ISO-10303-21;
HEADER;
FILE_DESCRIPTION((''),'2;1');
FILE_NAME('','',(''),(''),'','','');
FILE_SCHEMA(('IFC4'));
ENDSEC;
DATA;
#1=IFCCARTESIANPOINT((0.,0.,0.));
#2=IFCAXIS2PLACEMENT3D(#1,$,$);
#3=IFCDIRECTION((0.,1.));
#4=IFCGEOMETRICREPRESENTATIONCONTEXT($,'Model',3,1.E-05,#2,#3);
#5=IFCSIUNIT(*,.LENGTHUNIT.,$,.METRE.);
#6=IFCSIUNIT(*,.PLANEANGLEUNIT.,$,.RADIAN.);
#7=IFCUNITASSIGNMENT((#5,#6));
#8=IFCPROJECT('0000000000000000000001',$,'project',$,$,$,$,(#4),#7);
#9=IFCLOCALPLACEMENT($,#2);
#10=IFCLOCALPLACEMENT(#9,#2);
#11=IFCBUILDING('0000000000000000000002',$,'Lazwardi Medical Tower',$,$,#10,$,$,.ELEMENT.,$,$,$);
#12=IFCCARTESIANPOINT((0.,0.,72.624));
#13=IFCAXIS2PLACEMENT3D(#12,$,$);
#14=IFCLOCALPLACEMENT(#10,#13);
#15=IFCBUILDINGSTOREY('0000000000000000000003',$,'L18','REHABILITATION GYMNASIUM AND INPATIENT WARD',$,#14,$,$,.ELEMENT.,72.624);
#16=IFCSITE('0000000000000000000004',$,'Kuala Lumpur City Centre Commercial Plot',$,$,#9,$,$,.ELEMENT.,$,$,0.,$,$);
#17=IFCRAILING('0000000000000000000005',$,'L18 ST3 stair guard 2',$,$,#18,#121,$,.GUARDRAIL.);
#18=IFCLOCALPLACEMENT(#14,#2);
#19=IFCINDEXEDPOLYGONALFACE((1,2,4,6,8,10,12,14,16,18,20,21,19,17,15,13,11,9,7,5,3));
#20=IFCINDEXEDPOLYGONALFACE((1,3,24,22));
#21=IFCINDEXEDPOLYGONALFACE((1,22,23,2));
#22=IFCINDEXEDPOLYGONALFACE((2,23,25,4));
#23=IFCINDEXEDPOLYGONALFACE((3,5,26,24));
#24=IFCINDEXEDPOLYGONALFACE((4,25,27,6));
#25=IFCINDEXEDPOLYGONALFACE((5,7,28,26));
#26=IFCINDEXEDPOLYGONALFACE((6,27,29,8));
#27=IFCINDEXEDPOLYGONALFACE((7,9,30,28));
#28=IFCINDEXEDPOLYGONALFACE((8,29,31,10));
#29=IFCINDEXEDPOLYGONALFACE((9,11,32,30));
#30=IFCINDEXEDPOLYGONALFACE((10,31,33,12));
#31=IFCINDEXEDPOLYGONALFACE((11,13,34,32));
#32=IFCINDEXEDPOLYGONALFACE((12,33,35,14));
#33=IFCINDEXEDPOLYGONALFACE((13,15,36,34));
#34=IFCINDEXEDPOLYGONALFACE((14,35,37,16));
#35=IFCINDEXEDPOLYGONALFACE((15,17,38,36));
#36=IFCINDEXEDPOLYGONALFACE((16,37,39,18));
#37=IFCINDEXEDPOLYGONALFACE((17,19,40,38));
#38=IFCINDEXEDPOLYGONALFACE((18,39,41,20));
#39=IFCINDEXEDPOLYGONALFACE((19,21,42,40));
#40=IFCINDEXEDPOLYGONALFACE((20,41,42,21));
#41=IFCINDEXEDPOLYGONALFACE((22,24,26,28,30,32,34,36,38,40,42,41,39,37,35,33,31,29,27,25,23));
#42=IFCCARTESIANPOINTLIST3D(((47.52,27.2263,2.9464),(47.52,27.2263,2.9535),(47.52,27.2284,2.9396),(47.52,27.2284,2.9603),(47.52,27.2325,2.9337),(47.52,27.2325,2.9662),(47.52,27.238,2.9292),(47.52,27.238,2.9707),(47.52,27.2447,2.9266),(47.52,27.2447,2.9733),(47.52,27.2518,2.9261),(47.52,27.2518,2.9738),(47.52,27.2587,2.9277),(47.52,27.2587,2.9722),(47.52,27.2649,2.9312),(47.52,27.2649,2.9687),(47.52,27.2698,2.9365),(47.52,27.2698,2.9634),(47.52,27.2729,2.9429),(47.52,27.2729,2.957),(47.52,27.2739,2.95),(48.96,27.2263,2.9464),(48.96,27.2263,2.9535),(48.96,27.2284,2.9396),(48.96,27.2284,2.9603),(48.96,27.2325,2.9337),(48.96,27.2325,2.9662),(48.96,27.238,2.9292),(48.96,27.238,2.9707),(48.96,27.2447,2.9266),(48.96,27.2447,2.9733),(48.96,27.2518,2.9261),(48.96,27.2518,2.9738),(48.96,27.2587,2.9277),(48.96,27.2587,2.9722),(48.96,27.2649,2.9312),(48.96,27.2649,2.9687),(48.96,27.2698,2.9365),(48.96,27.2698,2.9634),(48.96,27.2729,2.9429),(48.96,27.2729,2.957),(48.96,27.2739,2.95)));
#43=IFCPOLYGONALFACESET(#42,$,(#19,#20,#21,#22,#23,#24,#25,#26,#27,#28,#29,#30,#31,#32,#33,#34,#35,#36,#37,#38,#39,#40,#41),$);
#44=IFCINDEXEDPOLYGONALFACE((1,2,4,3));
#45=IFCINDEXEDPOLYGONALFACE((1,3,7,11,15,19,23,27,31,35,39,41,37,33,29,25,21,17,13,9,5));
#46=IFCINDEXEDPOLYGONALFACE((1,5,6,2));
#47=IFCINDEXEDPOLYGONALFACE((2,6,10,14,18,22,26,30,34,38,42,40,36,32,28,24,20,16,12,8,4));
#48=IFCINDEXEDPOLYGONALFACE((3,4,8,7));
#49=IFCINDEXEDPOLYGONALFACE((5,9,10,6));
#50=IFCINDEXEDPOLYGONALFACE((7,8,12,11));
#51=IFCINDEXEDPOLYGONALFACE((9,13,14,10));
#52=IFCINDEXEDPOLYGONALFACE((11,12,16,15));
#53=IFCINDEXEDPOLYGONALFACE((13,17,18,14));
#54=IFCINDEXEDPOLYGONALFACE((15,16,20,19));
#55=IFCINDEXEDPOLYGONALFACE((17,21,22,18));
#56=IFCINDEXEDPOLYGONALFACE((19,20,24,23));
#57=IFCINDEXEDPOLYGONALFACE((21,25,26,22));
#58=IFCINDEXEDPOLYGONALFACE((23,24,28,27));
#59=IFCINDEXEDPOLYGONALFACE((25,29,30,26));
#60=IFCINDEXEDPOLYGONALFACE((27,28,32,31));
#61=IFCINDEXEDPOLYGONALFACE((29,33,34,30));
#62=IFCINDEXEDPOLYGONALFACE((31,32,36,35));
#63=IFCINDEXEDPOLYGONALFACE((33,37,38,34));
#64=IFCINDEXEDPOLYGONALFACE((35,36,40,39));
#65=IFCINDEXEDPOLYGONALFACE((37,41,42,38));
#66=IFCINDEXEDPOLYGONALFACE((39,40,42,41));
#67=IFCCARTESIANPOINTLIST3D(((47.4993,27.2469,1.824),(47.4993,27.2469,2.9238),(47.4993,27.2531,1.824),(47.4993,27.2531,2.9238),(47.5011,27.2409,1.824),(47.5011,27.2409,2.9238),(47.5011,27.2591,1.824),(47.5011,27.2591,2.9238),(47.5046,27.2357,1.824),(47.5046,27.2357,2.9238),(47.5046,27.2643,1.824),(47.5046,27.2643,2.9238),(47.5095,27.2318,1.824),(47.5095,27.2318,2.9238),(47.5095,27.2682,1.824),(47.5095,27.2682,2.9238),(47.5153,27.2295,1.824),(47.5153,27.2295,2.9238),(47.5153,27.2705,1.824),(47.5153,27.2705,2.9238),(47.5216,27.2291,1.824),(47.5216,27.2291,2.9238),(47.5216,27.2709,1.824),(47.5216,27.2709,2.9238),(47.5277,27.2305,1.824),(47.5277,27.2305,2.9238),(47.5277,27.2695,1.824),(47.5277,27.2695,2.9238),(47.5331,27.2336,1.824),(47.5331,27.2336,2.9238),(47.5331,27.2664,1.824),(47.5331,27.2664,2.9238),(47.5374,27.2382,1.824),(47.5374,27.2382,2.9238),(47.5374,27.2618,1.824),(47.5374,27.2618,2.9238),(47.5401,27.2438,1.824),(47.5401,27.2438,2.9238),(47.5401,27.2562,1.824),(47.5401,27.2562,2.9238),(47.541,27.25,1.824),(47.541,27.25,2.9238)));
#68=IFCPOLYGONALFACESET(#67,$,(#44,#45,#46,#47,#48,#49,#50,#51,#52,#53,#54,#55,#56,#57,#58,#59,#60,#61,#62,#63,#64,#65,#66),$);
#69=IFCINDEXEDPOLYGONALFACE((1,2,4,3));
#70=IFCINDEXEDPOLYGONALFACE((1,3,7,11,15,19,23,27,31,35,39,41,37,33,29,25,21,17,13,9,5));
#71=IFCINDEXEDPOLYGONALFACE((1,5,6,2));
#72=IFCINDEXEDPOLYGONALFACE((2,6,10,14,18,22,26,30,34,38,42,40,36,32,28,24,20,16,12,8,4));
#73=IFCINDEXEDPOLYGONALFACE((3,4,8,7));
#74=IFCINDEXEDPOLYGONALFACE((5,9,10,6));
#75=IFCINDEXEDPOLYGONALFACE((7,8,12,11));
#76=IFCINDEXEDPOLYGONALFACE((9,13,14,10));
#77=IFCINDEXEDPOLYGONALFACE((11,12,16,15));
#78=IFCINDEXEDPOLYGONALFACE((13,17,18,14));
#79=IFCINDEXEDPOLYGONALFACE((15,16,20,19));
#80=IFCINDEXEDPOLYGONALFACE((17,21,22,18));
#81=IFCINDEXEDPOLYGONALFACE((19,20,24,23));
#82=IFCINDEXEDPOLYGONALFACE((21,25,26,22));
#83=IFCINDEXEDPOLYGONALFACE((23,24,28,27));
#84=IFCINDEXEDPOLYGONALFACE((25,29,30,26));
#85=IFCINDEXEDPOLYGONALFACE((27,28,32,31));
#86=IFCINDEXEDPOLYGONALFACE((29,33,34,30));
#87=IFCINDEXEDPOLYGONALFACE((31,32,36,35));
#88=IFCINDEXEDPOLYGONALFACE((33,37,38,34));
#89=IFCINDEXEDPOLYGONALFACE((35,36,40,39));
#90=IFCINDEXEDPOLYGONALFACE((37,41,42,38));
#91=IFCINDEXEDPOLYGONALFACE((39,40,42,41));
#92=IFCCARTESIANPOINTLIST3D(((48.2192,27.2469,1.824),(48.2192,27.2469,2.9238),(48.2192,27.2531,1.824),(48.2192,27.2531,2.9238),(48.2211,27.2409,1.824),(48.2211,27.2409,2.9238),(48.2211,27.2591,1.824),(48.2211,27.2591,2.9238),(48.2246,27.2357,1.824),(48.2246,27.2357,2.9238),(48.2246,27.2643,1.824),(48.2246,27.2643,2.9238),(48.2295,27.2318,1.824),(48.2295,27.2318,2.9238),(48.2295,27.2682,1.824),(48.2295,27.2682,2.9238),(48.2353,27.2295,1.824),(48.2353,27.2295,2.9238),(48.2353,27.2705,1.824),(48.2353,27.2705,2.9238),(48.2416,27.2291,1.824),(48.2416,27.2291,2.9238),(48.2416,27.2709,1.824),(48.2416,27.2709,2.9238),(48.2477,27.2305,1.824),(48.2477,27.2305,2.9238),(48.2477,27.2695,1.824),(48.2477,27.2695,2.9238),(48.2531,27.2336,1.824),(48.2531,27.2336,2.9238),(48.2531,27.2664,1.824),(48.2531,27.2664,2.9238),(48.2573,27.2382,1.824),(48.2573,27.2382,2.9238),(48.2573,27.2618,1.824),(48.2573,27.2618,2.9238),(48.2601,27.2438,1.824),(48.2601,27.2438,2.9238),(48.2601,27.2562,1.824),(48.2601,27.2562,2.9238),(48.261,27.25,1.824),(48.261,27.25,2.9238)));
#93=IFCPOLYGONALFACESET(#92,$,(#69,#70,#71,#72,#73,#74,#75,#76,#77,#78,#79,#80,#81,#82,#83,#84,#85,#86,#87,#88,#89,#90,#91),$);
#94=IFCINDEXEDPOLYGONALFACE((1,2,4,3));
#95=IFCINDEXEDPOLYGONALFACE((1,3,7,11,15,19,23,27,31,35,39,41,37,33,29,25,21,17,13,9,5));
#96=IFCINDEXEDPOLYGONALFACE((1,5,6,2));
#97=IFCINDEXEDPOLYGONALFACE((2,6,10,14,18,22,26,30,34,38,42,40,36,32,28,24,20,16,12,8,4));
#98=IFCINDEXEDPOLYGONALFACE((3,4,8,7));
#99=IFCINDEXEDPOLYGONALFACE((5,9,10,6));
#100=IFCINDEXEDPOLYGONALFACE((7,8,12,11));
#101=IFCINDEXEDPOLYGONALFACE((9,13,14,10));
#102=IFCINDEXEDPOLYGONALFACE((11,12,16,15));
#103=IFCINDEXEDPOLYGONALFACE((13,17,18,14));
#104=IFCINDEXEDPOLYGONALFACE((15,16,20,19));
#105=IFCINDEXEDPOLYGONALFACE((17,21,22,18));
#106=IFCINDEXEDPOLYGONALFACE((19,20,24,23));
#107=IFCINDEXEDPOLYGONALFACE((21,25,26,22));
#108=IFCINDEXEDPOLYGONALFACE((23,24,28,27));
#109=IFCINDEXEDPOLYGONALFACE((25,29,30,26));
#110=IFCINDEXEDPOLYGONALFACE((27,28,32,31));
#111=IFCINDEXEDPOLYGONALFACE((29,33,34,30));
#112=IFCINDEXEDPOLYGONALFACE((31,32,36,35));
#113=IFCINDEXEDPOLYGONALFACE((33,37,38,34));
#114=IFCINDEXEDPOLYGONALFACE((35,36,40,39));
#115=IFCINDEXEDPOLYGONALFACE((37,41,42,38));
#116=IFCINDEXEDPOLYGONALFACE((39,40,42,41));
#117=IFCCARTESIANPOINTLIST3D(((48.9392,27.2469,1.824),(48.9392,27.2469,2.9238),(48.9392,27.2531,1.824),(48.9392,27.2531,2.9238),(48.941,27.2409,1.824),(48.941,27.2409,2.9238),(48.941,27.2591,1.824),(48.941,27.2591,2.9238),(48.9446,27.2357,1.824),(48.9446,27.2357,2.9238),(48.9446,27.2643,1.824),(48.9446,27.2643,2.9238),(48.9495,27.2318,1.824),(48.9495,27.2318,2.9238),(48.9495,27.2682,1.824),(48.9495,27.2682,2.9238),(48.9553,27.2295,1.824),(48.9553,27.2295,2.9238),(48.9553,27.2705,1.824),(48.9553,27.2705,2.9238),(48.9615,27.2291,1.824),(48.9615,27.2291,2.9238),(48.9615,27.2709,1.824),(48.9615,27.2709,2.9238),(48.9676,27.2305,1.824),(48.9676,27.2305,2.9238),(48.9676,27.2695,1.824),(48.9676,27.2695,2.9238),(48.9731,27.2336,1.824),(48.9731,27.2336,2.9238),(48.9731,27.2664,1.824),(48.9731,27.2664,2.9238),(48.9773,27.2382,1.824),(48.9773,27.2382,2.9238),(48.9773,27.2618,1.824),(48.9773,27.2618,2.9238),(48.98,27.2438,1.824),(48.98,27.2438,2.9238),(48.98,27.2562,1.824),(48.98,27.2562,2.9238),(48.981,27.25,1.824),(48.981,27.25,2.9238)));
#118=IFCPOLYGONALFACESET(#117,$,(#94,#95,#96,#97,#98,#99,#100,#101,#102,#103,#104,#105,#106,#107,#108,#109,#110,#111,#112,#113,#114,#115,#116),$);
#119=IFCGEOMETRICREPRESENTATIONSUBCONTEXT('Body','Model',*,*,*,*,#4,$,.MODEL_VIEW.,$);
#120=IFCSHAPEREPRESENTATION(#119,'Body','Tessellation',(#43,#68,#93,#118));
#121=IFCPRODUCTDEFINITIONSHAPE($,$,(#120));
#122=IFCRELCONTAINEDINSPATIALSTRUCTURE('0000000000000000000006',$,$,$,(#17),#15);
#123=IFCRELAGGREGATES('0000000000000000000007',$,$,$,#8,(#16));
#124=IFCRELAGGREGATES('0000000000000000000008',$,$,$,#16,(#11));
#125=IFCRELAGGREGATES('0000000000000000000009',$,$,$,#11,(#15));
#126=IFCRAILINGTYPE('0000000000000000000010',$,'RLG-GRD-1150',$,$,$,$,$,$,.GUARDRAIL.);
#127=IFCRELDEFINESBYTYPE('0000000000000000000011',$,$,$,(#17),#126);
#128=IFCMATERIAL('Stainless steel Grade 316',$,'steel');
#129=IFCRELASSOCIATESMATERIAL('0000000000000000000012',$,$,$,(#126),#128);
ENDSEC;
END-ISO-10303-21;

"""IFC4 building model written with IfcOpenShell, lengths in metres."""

from ifc_helpers import new_model, si_unit, direction, frame, origin, origin_2d, place, context, subcontext, project, spatial, circle, extrude, material, type_object, element, save


model = new_model("IFC4")

# Units and contexts
model_context = context("Model", 3, precision=1e-05, world=origin(), true_north=direction((0.0, 1.0)))
body_context = subcontext(model_context, "Body", "Model", "MODEL_VIEW")
ifc_project = project(units=[si_unit("LENGTHUNIT", "METRE"), si_unit("PLANEANGLEUNIT", "RADIAN")], contexts=[model_context])

# Site, building, storey
site_placement = place(None, origin())
site = spatial("IfcSite", under=ifc_project, at=site_placement, Name="Kuala Lumpur City Centre Commercial Plot", CompositionType="ELEMENT", RefElevation=0.0)
building_placement = place(site_placement, origin())
building = spatial("IfcBuilding", under=site, at=building_placement, Name="Lazwardi Medical Tower", CompositionType="ELEMENT")
storey_placement = place(building_placement, frame((0.0, 0.0, 72.624)))
storey = spatial("IfcBuildingStorey", under=building, at=storey_placement, Name="L18", Description="REHABILITATION GYMNASIUM AND INPATIENT WARD", CompositionType="ELEMENT", Elevation=72.624)

# Railing
ifc_material_1 = material(Name="Stainless steel Grade 316", Category="steel")
railing_type_1 = type_object("IfcRailingType", Name="RLG-GRD-1150", PredefinedType="GUARDRAIL", material=ifc_material_1)
railing_1_placement = place(storey_placement, frame((47.52, 27.25, 1.824)))
element("IfcRailing", 1, at=railing_1_placement, inside=storey, type_object=railing_type_1, Name="L18 ST3 stair guard 2", PredefinedType="GUARDRAIL", context=body_context, shape_type="SweptSolid", body=[
    extrude(circle(Radius=0.0239, at=origin_2d()), frame((0.0, 0.0, 1.126), z_axis=(1.0, 0.0, 0.0), x_axis=(0.0, 1.0, 0.0)), (0.0, 0.0, 1.0), 1.4399),
    extrude(circle(Radius=0.021, at=origin_2d()), origin(), (0.0, 0.0, 1.0), 1.0999),
    extrude(circle(Radius=0.021, at=origin_2d()), frame((0.72, 0.0, 0.0)), (0.0, 0.0, 1.0), 1.0999),
    extrude(circle(Radius=0.021, at=origin_2d()), frame((1.4399, 0.0, 0.0)), (0.0, 0.0, 1.0), 1.0999),
])

save(model, "model.ifc")
